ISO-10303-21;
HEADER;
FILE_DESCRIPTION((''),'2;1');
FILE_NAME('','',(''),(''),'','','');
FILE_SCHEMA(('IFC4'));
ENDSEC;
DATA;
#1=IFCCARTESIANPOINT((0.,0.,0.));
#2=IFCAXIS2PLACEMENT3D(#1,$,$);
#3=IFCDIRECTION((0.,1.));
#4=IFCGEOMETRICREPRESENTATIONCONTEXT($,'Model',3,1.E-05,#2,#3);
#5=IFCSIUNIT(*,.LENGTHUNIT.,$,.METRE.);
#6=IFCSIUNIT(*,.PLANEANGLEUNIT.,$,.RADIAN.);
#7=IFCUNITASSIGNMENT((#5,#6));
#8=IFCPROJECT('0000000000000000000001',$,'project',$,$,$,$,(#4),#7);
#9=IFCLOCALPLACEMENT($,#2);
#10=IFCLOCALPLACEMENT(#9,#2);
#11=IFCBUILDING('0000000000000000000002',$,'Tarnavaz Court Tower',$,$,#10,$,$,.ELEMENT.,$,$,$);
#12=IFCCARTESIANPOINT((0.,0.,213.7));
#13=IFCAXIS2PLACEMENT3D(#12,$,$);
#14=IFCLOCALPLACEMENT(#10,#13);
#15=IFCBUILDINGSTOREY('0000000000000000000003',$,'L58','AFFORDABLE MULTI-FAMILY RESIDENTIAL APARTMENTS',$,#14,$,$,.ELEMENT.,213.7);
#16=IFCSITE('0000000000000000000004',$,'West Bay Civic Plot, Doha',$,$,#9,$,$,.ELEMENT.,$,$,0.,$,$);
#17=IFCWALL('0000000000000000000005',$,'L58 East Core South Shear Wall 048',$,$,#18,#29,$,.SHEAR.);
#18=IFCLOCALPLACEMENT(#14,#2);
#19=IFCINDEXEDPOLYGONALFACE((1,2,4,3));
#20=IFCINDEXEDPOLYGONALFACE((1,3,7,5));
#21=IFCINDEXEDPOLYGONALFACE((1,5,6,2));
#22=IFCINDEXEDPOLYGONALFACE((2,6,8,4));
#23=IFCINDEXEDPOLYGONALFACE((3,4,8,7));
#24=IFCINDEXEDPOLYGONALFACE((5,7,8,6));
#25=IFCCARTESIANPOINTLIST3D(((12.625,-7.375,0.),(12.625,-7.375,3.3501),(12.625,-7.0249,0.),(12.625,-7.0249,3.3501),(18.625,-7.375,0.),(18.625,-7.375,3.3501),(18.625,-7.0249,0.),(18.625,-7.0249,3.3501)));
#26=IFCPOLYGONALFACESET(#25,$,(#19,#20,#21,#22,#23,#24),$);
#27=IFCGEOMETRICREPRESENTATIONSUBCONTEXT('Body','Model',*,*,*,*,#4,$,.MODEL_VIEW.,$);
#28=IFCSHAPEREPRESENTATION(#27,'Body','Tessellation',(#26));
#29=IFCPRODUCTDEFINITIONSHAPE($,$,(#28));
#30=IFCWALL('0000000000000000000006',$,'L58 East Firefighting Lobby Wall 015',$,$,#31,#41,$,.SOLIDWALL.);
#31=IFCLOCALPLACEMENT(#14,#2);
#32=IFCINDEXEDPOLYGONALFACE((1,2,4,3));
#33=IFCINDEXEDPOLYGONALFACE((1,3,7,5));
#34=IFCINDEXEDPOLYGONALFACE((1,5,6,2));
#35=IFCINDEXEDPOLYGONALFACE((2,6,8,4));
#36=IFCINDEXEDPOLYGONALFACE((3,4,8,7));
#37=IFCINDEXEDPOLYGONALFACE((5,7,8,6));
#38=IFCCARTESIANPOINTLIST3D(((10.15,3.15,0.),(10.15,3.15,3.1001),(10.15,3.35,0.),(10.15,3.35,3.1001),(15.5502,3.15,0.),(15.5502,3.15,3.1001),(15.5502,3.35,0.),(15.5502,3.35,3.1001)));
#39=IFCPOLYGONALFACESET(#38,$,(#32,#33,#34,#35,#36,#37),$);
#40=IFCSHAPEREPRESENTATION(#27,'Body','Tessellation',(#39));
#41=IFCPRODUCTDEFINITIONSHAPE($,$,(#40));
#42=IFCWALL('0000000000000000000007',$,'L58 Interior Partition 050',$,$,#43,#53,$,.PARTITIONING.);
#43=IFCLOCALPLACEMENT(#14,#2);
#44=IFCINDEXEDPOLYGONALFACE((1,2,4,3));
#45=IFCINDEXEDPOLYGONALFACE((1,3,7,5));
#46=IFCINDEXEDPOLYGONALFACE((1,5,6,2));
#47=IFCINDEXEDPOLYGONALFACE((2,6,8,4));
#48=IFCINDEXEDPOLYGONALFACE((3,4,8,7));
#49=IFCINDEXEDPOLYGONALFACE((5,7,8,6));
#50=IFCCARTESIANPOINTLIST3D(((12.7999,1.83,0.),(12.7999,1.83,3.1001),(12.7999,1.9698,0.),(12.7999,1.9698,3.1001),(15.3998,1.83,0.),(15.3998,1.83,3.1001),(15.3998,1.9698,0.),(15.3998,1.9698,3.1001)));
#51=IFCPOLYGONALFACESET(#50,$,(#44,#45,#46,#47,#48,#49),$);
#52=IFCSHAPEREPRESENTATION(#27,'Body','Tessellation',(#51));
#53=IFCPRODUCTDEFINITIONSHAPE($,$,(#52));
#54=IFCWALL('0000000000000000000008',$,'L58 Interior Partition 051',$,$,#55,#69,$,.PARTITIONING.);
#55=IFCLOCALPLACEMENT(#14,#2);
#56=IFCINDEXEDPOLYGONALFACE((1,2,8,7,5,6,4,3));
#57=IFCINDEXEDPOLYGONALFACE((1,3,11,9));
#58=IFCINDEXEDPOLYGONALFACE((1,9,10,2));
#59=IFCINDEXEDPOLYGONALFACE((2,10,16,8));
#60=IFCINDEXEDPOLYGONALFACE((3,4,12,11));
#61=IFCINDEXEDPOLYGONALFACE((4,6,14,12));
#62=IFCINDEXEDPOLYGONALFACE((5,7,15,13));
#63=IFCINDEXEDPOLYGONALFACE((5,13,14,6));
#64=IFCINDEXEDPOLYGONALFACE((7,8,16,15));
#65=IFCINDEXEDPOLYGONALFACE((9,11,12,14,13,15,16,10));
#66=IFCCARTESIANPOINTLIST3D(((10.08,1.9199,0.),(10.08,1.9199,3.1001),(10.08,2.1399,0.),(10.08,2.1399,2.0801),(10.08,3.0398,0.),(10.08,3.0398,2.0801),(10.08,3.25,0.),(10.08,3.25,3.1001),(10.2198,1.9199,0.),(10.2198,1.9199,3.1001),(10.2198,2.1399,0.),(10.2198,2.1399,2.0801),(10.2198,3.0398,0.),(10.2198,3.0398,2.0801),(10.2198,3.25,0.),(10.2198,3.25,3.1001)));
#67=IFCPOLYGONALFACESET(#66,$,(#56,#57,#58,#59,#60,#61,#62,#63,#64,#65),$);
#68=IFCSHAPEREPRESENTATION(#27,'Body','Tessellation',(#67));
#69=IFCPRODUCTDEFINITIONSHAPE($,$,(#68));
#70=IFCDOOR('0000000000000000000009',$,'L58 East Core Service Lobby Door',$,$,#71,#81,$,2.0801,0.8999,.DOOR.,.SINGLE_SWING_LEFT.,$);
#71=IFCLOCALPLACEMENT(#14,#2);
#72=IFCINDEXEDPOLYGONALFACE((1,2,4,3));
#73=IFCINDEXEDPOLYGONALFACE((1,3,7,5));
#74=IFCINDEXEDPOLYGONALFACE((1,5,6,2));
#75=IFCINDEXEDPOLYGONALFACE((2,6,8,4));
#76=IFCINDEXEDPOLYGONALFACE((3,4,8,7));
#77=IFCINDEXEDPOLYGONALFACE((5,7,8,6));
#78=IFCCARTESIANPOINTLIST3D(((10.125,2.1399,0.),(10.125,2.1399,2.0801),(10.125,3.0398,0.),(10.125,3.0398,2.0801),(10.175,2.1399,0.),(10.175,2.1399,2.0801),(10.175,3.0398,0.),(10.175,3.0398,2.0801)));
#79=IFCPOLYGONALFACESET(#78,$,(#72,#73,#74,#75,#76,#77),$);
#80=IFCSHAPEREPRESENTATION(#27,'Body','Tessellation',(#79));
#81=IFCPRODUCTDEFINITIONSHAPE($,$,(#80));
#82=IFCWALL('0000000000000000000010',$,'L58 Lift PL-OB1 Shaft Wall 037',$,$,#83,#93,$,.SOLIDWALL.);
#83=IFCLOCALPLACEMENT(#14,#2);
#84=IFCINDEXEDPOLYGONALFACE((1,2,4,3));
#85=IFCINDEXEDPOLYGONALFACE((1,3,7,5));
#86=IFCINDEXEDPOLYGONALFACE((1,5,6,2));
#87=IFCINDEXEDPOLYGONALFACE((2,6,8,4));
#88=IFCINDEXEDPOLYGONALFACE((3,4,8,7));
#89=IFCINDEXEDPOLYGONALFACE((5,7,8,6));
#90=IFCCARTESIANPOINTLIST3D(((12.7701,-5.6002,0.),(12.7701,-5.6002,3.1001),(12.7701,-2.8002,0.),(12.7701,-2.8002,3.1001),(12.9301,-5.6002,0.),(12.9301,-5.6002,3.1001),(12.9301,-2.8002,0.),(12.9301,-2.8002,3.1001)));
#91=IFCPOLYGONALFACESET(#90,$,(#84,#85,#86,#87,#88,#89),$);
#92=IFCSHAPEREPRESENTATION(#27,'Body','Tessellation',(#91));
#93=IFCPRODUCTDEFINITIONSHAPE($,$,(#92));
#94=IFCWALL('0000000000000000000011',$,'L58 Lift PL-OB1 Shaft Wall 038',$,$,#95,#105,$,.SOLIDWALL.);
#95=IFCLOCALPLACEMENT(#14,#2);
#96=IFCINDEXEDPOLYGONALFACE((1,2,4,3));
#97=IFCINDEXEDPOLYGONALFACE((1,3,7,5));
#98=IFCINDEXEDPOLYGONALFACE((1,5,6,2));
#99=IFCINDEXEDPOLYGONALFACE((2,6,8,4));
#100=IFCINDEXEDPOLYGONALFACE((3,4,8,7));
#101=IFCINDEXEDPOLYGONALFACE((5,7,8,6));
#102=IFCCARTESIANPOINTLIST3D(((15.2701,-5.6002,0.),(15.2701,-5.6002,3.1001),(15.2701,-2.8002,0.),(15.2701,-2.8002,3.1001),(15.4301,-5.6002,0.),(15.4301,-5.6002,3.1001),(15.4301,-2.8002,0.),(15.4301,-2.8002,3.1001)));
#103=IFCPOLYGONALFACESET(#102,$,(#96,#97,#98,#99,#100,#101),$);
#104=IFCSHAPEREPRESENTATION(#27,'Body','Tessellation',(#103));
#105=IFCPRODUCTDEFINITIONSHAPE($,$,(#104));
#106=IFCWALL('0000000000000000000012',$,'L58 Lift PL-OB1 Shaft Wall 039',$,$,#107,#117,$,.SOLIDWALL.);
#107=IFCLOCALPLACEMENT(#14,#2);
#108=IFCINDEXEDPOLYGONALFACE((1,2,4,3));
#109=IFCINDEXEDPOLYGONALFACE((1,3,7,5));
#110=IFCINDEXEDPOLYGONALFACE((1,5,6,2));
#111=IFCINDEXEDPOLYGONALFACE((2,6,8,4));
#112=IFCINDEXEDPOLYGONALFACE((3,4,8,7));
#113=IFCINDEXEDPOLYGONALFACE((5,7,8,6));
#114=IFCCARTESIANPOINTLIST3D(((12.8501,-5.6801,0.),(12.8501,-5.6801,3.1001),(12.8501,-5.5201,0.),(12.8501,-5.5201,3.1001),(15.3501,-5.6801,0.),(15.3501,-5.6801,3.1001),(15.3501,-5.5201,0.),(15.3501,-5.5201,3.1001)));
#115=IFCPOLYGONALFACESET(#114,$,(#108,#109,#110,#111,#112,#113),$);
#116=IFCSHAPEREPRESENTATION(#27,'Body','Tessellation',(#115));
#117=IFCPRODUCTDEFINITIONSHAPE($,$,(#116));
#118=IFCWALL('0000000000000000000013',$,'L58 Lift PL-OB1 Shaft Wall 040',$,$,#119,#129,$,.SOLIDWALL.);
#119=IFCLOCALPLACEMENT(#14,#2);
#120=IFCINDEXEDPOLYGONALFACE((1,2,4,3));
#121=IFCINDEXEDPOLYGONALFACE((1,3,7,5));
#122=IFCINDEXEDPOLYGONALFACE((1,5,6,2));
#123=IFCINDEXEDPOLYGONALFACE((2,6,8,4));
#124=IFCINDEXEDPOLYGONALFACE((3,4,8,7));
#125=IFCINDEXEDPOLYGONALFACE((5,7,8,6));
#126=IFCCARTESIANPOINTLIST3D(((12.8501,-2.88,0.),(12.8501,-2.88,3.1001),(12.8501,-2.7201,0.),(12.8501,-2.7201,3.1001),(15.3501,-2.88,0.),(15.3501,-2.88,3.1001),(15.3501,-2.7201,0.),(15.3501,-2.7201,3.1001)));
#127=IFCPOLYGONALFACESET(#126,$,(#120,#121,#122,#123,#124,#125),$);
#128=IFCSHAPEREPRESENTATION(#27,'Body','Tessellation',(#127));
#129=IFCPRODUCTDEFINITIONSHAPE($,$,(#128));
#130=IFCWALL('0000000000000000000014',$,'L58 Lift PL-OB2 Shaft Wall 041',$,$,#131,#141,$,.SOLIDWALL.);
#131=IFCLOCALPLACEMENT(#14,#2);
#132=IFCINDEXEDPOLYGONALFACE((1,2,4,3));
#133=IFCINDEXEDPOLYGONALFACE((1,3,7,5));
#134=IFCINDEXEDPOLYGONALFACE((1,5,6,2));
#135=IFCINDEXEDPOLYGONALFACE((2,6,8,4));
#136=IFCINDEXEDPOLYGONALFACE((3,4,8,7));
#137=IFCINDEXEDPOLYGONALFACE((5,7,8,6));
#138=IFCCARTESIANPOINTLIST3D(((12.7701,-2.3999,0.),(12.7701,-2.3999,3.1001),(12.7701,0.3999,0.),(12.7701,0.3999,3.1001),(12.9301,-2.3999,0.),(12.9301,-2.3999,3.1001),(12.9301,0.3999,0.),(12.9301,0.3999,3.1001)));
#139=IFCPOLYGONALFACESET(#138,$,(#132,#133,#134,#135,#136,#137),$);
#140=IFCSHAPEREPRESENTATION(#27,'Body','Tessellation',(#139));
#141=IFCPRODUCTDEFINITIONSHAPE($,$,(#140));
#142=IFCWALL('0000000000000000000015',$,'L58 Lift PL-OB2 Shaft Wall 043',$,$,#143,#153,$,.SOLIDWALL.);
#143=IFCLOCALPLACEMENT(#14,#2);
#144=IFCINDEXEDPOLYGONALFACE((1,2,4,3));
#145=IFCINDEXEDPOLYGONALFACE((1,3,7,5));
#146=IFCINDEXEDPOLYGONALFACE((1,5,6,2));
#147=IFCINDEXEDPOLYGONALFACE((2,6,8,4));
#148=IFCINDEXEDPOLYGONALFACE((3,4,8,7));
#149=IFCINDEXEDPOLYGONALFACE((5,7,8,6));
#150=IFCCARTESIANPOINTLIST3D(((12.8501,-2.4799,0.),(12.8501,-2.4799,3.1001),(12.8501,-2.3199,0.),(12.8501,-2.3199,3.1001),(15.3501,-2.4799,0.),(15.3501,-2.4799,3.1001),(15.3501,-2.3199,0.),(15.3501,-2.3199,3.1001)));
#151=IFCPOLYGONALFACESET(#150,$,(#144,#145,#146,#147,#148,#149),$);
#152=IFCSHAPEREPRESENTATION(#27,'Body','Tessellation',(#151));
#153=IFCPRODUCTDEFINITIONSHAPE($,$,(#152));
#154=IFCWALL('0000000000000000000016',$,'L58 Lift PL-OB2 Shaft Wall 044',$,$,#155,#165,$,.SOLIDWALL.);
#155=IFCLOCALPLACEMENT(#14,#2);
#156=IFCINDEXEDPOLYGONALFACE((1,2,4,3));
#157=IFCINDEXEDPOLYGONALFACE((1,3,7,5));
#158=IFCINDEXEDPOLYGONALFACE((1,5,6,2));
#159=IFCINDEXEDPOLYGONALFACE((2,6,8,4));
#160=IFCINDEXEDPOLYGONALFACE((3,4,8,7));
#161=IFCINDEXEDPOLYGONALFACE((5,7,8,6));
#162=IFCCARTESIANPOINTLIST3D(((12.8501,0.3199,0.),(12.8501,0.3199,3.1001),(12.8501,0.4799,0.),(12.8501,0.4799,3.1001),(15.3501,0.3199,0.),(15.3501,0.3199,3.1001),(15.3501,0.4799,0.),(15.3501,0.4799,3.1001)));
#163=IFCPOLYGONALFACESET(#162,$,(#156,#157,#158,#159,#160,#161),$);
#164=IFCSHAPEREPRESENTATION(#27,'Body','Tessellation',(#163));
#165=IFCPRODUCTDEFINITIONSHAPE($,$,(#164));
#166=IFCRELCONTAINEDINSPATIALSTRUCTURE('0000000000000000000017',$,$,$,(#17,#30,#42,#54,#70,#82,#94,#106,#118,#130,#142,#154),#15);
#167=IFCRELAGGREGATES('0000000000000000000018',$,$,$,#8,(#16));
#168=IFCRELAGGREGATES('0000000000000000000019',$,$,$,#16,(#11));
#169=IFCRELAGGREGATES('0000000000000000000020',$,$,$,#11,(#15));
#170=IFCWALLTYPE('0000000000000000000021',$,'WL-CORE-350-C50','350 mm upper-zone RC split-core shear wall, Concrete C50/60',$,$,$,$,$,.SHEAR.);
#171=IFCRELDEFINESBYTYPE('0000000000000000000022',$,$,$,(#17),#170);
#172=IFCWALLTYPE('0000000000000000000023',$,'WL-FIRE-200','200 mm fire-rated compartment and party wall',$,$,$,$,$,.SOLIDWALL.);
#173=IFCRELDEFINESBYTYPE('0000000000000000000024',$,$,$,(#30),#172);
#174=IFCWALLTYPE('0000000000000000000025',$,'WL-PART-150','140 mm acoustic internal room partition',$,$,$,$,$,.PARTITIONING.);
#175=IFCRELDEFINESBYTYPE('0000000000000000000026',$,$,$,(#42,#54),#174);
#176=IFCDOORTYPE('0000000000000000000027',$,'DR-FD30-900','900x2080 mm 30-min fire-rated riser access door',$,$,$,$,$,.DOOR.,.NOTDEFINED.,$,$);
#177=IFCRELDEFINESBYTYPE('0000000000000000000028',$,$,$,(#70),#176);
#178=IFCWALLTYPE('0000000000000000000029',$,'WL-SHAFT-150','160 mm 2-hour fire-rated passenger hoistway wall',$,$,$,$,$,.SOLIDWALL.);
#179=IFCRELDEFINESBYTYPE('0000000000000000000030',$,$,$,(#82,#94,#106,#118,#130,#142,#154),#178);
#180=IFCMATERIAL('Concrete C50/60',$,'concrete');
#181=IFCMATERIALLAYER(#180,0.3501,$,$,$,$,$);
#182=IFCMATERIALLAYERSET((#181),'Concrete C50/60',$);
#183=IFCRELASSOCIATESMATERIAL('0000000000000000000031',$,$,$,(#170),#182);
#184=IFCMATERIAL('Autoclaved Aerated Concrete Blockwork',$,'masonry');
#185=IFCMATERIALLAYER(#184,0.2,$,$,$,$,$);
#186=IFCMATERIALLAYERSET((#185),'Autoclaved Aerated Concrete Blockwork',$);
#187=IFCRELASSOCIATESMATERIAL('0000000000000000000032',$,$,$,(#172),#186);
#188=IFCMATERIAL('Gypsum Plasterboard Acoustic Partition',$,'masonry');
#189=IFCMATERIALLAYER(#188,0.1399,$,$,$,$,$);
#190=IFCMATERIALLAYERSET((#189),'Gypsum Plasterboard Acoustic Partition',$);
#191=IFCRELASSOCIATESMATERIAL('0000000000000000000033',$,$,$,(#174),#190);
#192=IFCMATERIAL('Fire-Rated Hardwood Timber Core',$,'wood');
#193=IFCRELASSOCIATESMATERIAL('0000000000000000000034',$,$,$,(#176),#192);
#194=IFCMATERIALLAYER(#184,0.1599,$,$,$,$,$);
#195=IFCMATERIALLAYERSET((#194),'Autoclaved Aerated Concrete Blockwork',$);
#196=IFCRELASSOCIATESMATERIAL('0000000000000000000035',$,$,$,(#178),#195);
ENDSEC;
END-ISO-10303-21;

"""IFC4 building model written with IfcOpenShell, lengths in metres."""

from ifc_helpers import new_model, si_unit, direction, frame, frame_2d, origin, place, context, subcontext, project, spatial, rectangle, extrude, material, layer, layer_set, type_object, element, fill, save


model = new_model("IFC4")

# Units and contexts
model_context = context("Model", 3, precision=1e-05, world=origin(), true_north=direction((0.0, 1.0)))
body_context = subcontext(model_context, "Body", "Model", "MODEL_VIEW")
ifc_project = project(units=[si_unit("LENGTHUNIT", "METRE"), si_unit("PLANEANGLEUNIT", "RADIAN")], contexts=[model_context])

# Site, building, storey
site_placement = place(None, origin())
site = spatial("IfcSite", under=ifc_project, at=site_placement, Name="West Bay Civic Plot, Doha", CompositionType="ELEMENT", RefElevation=0.0)
building_placement = place(site_placement, origin())
building = spatial("IfcBuilding", under=site, at=building_placement, Name="Tarnavaz Court Tower", CompositionType="ELEMENT")
storey_placement = place(building_placement, frame((0.0, 0.0, 213.7)))
storey = spatial("IfcBuildingStorey", under=building, at=storey_placement, Name="L58", Description="AFFORDABLE MULTI-FAMILY RESIDENTIAL APARTMENTS", CompositionType="ELEMENT", Elevation=213.7)

# Shared definitions
ifc_material_1 = material(Name="Concrete C50/60", Category="concrete")

# Walls
ifc_layer_1 = layer(ifc_material_1, 0.3501)
ifc_layer_set_1 = layer_set([ifc_layer_1], Name="Concrete C50/60")
wall_type_1 = type_object("IfcWallType", Name="WL-CORE-350-C50", Description="350 mm upper-zone RC split-core shear wall, Concrete C50/60", PredefinedType="SHEAR", material=ifc_layer_set_1)
wall_1_placement = place(storey_placement, frame((12.625, -7.2, 0.0), z_axis=(0.0, 0.0, 1.0), x_axis=(1.0, 0.0, 0.0)))
element("IfcWall", 1, at=wall_1_placement, inside=storey, type_object=wall_type_1, Name="L58 East Core South Shear Wall 048", PredefinedType="SHEAR", context=body_context, shape_type="SweptSolid", body=[
    extrude(rectangle(XDim=6.0, YDim=0.3501, at=frame_2d((3.0, 0.0))), origin(), (0.0, 0.0, 1.0), 3.3501),
])
ifc_material_2 = material(Name="Autoclaved Aerated Concrete Blockwork", Category="masonry")
ifc_layer_2 = layer(ifc_material_2, 0.2)
ifc_layer_set_2 = layer_set([ifc_layer_2], Name="Autoclaved Aerated Concrete Blockwork")
wall_type_2 = type_object("IfcWallType", Name="WL-FIRE-200", Description="200 mm fire-rated compartment and party wall", PredefinedType="SOLIDWALL", material=ifc_layer_set_2)
wall_2_placement = place(storey_placement, frame((10.1499, 3.25, 0.0), z_axis=(0.0, 0.0, 1.0), x_axis=(1.0, 0.0, 0.0)))
element("IfcWall", 2, at=wall_2_placement, inside=storey, type_object=wall_type_2, Name="L58 East Firefighting Lobby Wall 015", PredefinedType="SOLIDWALL", context=body_context, shape_type="SweptSolid", body=[
    extrude(rectangle(XDim=5.4001, YDim=0.2, at=frame_2d((2.7002, 0.0))), origin(), (0.0, 0.0, 1.0), 3.1001),
])

# Shared definitions
ifc_material_3 = material(Name="Fire-Rated Hardwood Timber Core", Category="wood")

# Wall
ifc_material_4 = material(Name="Gypsum Plasterboard Acoustic Partition", Category="masonry")
ifc_layer_3 = layer(ifc_material_4, 0.1399)
ifc_layer_set_3 = layer_set([ifc_layer_3], Name="Gypsum Plasterboard Acoustic Partition")
wall_type_3 = type_object("IfcWallType", Name="WL-PART-150", Description="140 mm acoustic internal room partition", PredefinedType="PARTITIONING", material=ifc_layer_set_3)
wall_3_placement = place(storey_placement, frame((12.8, 1.8999, 0.0), z_axis=(0.0, 0.0, 1.0), x_axis=(1.0, 0.0, 0.0)))
element("IfcWall", 3, at=wall_3_placement, inside=storey, type_object=wall_type_3, Name="L58 Interior Partition 050", PredefinedType="PARTITIONING", context=body_context, shape_type="SweptSolid", body=[
    extrude(rectangle(XDim=2.5999, YDim=0.1399, at=frame_2d((1.2998, 0.0))), origin(), (0.0, 0.0, 1.0), 3.1001),
])

# Wall, opening, door
wall_4_placement = place(storey_placement, frame((10.1499, 1.9199, 0.0), z_axis=(0.0, 0.0, 1.0), x_axis=(0.0, 1.0, 0.0)))
wall_4 = element("IfcWall", 4, at=wall_4_placement, inside=storey, type_object=wall_type_3, Name="L58 Interior Partition 051", PredefinedType="PARTITIONING", context=body_context, shape_type="SweptSolid", body=[
    extrude(rectangle(XDim=1.3301, YDim=0.1399, at=frame_2d((0.665, 0.0))), origin(), (0.0, 0.0, 1.0), 3.1001),
])
opening_1_placement = place(wall_4_placement, frame((0.22, 0.0, 0.0)))
opening_1 = element("IfcOpeningElement", 5, at=opening_1_placement, cuts=wall_4, PredefinedType="OPENING", context=body_context, shape_type="SweptSolid", body=[
    extrude(rectangle(XDim=0.8999, YDim=2.0801, at=frame_2d((0.45, 1.04))), frame((0.0, 0.0798, 0.0), z_axis=(0.0, -1.0, 0.0), x_axis=(1.0, 0.0, 0.0)), (0.0, 0.0, 1.0), 0.1599),
])
door_type_1 = type_object("IfcDoorType", Name="DR-FD30-900", Description="900x2080 mm 30-min fire-rated riser access door", OperationType="NOTDEFINED", PredefinedType="DOOR", material=ifc_material_3)
door_1_placement = place(opening_1_placement, origin())
door_1 = element("IfcDoor", 6, at=door_1_placement, inside=storey, type_object=door_type_1, Name="L58 East Core Service Lobby Door", OperationType="SINGLE_SWING_LEFT", OverallHeight=2.0801, OverallWidth=0.8999, PredefinedType="DOOR", context=body_context, shape_type="SweptSolid", body=[
    extrude(rectangle(XDim=0.8999, YDim=2.0801, at=frame_2d((0.45, 1.04))), frame((0.0, 0.0249, 0.0), z_axis=(0.0, -1.0, 0.0), x_axis=(1.0, 0.0, 0.0)), (0.0, 0.0, 1.0), 0.05),
])
fill(opening_1, door_1)

# Walls
ifc_layer_4 = layer(ifc_material_2, 0.1599)
ifc_layer_set_4 = layer_set([ifc_layer_4], Name="Autoclaved Aerated Concrete Blockwork")
wall_type_4 = type_object("IfcWallType", Name="WL-SHAFT-150", Description="160 mm 2-hour fire-rated passenger hoistway wall", PredefinedType="SOLIDWALL", material=ifc_layer_set_4)
for number, where, z_axis, x_axis, name in (
    (7, (12.8501, -5.6001, 0.0), (0.0, 0.0, 1.0), (0.0, 1.0, 0.0), "L58 Lift PL-OB1 Shaft Wall 037"),
    (8, (15.3501, -5.6001, 0.0), (0.0, 0.0, 1.0), (0.0, 1.0, 0.0), "L58 Lift PL-OB1 Shaft Wall 038"),
):
    element("IfcWall", number, at=place(storey_placement, frame(where, z_axis=z_axis, x_axis=x_axis)), inside=storey, type_object=wall_type_4, Name=name, PredefinedType="SOLIDWALL", context=body_context, shape_type="SweptSolid", body=[
        extrude(rectangle(XDim=2.8, YDim=0.1599, at=frame_2d((1.3999, 0.0))), origin(), (0.0, 0.0, 1.0), 3.1001),
    ])
for number, where, z_axis, x_axis, name in (
    (9, (12.8501, -5.6001, 0.0), (0.0, 0.0, 1.0), (1.0, 0.0, 0.0), "L58 Lift PL-OB1 Shaft Wall 039"),
    (10, (12.8501, -2.8, 0.0), (0.0, 0.0, 1.0), (1.0, 0.0, 0.0), "L58 Lift PL-OB1 Shaft Wall 040"),
):
    element("IfcWall", number, at=place(storey_placement, frame(where, z_axis=z_axis, x_axis=x_axis)), inside=storey, type_object=wall_type_4, Name=name, PredefinedType="SOLIDWALL", context=body_context, shape_type="SweptSolid", body=[
        extrude(rectangle(XDim=2.5, YDim=0.1599, at=frame_2d((1.25, 0.0))), origin(), (0.0, 0.0, 1.0), 3.1001),
    ])
wall_5_placement = place(storey_placement, frame((12.8501, -2.3999, 0.0), z_axis=(0.0, 0.0, 1.0), x_axis=(0.0, 1.0, 0.0)))
element("IfcWall", 11, at=wall_5_placement, inside=storey, type_object=wall_type_4, Name="L58 Lift PL-OB2 Shaft Wall 041", PredefinedType="SOLIDWALL", context=body_context, shape_type="SweptSolid", body=[
    extrude(rectangle(XDim=2.7998, YDim=0.1599, at=frame_2d((1.3999, 0.0))), origin(), (0.0, 0.0, 1.0), 3.1001),
])
for number, where, z_axis, x_axis, name in (
    (12, (12.8501, -2.3999, 0.0), (0.0, 0.0, 1.0), (1.0, 0.0, 0.0), "L58 Lift PL-OB2 Shaft Wall 043"),
    (13, (12.8501, 0.3999, 0.0), (0.0, 0.0, 1.0), (1.0, 0.0, 0.0), "L58 Lift PL-OB2 Shaft Wall 044"),
):
    element("IfcWall", number, at=place(storey_placement, frame(where, z_axis=z_axis, x_axis=x_axis)), inside=storey, type_object=wall_type_4, Name=name, PredefinedType="SOLIDWALL", context=body_context, shape_type="SweptSolid", body=[
        extrude(rectangle(XDim=2.5, YDim=0.1599, at=frame_2d((1.25, 0.0))), origin(), (0.0, 0.0, 1.0), 3.1001),
    ])

save(model, "model.ifc")
